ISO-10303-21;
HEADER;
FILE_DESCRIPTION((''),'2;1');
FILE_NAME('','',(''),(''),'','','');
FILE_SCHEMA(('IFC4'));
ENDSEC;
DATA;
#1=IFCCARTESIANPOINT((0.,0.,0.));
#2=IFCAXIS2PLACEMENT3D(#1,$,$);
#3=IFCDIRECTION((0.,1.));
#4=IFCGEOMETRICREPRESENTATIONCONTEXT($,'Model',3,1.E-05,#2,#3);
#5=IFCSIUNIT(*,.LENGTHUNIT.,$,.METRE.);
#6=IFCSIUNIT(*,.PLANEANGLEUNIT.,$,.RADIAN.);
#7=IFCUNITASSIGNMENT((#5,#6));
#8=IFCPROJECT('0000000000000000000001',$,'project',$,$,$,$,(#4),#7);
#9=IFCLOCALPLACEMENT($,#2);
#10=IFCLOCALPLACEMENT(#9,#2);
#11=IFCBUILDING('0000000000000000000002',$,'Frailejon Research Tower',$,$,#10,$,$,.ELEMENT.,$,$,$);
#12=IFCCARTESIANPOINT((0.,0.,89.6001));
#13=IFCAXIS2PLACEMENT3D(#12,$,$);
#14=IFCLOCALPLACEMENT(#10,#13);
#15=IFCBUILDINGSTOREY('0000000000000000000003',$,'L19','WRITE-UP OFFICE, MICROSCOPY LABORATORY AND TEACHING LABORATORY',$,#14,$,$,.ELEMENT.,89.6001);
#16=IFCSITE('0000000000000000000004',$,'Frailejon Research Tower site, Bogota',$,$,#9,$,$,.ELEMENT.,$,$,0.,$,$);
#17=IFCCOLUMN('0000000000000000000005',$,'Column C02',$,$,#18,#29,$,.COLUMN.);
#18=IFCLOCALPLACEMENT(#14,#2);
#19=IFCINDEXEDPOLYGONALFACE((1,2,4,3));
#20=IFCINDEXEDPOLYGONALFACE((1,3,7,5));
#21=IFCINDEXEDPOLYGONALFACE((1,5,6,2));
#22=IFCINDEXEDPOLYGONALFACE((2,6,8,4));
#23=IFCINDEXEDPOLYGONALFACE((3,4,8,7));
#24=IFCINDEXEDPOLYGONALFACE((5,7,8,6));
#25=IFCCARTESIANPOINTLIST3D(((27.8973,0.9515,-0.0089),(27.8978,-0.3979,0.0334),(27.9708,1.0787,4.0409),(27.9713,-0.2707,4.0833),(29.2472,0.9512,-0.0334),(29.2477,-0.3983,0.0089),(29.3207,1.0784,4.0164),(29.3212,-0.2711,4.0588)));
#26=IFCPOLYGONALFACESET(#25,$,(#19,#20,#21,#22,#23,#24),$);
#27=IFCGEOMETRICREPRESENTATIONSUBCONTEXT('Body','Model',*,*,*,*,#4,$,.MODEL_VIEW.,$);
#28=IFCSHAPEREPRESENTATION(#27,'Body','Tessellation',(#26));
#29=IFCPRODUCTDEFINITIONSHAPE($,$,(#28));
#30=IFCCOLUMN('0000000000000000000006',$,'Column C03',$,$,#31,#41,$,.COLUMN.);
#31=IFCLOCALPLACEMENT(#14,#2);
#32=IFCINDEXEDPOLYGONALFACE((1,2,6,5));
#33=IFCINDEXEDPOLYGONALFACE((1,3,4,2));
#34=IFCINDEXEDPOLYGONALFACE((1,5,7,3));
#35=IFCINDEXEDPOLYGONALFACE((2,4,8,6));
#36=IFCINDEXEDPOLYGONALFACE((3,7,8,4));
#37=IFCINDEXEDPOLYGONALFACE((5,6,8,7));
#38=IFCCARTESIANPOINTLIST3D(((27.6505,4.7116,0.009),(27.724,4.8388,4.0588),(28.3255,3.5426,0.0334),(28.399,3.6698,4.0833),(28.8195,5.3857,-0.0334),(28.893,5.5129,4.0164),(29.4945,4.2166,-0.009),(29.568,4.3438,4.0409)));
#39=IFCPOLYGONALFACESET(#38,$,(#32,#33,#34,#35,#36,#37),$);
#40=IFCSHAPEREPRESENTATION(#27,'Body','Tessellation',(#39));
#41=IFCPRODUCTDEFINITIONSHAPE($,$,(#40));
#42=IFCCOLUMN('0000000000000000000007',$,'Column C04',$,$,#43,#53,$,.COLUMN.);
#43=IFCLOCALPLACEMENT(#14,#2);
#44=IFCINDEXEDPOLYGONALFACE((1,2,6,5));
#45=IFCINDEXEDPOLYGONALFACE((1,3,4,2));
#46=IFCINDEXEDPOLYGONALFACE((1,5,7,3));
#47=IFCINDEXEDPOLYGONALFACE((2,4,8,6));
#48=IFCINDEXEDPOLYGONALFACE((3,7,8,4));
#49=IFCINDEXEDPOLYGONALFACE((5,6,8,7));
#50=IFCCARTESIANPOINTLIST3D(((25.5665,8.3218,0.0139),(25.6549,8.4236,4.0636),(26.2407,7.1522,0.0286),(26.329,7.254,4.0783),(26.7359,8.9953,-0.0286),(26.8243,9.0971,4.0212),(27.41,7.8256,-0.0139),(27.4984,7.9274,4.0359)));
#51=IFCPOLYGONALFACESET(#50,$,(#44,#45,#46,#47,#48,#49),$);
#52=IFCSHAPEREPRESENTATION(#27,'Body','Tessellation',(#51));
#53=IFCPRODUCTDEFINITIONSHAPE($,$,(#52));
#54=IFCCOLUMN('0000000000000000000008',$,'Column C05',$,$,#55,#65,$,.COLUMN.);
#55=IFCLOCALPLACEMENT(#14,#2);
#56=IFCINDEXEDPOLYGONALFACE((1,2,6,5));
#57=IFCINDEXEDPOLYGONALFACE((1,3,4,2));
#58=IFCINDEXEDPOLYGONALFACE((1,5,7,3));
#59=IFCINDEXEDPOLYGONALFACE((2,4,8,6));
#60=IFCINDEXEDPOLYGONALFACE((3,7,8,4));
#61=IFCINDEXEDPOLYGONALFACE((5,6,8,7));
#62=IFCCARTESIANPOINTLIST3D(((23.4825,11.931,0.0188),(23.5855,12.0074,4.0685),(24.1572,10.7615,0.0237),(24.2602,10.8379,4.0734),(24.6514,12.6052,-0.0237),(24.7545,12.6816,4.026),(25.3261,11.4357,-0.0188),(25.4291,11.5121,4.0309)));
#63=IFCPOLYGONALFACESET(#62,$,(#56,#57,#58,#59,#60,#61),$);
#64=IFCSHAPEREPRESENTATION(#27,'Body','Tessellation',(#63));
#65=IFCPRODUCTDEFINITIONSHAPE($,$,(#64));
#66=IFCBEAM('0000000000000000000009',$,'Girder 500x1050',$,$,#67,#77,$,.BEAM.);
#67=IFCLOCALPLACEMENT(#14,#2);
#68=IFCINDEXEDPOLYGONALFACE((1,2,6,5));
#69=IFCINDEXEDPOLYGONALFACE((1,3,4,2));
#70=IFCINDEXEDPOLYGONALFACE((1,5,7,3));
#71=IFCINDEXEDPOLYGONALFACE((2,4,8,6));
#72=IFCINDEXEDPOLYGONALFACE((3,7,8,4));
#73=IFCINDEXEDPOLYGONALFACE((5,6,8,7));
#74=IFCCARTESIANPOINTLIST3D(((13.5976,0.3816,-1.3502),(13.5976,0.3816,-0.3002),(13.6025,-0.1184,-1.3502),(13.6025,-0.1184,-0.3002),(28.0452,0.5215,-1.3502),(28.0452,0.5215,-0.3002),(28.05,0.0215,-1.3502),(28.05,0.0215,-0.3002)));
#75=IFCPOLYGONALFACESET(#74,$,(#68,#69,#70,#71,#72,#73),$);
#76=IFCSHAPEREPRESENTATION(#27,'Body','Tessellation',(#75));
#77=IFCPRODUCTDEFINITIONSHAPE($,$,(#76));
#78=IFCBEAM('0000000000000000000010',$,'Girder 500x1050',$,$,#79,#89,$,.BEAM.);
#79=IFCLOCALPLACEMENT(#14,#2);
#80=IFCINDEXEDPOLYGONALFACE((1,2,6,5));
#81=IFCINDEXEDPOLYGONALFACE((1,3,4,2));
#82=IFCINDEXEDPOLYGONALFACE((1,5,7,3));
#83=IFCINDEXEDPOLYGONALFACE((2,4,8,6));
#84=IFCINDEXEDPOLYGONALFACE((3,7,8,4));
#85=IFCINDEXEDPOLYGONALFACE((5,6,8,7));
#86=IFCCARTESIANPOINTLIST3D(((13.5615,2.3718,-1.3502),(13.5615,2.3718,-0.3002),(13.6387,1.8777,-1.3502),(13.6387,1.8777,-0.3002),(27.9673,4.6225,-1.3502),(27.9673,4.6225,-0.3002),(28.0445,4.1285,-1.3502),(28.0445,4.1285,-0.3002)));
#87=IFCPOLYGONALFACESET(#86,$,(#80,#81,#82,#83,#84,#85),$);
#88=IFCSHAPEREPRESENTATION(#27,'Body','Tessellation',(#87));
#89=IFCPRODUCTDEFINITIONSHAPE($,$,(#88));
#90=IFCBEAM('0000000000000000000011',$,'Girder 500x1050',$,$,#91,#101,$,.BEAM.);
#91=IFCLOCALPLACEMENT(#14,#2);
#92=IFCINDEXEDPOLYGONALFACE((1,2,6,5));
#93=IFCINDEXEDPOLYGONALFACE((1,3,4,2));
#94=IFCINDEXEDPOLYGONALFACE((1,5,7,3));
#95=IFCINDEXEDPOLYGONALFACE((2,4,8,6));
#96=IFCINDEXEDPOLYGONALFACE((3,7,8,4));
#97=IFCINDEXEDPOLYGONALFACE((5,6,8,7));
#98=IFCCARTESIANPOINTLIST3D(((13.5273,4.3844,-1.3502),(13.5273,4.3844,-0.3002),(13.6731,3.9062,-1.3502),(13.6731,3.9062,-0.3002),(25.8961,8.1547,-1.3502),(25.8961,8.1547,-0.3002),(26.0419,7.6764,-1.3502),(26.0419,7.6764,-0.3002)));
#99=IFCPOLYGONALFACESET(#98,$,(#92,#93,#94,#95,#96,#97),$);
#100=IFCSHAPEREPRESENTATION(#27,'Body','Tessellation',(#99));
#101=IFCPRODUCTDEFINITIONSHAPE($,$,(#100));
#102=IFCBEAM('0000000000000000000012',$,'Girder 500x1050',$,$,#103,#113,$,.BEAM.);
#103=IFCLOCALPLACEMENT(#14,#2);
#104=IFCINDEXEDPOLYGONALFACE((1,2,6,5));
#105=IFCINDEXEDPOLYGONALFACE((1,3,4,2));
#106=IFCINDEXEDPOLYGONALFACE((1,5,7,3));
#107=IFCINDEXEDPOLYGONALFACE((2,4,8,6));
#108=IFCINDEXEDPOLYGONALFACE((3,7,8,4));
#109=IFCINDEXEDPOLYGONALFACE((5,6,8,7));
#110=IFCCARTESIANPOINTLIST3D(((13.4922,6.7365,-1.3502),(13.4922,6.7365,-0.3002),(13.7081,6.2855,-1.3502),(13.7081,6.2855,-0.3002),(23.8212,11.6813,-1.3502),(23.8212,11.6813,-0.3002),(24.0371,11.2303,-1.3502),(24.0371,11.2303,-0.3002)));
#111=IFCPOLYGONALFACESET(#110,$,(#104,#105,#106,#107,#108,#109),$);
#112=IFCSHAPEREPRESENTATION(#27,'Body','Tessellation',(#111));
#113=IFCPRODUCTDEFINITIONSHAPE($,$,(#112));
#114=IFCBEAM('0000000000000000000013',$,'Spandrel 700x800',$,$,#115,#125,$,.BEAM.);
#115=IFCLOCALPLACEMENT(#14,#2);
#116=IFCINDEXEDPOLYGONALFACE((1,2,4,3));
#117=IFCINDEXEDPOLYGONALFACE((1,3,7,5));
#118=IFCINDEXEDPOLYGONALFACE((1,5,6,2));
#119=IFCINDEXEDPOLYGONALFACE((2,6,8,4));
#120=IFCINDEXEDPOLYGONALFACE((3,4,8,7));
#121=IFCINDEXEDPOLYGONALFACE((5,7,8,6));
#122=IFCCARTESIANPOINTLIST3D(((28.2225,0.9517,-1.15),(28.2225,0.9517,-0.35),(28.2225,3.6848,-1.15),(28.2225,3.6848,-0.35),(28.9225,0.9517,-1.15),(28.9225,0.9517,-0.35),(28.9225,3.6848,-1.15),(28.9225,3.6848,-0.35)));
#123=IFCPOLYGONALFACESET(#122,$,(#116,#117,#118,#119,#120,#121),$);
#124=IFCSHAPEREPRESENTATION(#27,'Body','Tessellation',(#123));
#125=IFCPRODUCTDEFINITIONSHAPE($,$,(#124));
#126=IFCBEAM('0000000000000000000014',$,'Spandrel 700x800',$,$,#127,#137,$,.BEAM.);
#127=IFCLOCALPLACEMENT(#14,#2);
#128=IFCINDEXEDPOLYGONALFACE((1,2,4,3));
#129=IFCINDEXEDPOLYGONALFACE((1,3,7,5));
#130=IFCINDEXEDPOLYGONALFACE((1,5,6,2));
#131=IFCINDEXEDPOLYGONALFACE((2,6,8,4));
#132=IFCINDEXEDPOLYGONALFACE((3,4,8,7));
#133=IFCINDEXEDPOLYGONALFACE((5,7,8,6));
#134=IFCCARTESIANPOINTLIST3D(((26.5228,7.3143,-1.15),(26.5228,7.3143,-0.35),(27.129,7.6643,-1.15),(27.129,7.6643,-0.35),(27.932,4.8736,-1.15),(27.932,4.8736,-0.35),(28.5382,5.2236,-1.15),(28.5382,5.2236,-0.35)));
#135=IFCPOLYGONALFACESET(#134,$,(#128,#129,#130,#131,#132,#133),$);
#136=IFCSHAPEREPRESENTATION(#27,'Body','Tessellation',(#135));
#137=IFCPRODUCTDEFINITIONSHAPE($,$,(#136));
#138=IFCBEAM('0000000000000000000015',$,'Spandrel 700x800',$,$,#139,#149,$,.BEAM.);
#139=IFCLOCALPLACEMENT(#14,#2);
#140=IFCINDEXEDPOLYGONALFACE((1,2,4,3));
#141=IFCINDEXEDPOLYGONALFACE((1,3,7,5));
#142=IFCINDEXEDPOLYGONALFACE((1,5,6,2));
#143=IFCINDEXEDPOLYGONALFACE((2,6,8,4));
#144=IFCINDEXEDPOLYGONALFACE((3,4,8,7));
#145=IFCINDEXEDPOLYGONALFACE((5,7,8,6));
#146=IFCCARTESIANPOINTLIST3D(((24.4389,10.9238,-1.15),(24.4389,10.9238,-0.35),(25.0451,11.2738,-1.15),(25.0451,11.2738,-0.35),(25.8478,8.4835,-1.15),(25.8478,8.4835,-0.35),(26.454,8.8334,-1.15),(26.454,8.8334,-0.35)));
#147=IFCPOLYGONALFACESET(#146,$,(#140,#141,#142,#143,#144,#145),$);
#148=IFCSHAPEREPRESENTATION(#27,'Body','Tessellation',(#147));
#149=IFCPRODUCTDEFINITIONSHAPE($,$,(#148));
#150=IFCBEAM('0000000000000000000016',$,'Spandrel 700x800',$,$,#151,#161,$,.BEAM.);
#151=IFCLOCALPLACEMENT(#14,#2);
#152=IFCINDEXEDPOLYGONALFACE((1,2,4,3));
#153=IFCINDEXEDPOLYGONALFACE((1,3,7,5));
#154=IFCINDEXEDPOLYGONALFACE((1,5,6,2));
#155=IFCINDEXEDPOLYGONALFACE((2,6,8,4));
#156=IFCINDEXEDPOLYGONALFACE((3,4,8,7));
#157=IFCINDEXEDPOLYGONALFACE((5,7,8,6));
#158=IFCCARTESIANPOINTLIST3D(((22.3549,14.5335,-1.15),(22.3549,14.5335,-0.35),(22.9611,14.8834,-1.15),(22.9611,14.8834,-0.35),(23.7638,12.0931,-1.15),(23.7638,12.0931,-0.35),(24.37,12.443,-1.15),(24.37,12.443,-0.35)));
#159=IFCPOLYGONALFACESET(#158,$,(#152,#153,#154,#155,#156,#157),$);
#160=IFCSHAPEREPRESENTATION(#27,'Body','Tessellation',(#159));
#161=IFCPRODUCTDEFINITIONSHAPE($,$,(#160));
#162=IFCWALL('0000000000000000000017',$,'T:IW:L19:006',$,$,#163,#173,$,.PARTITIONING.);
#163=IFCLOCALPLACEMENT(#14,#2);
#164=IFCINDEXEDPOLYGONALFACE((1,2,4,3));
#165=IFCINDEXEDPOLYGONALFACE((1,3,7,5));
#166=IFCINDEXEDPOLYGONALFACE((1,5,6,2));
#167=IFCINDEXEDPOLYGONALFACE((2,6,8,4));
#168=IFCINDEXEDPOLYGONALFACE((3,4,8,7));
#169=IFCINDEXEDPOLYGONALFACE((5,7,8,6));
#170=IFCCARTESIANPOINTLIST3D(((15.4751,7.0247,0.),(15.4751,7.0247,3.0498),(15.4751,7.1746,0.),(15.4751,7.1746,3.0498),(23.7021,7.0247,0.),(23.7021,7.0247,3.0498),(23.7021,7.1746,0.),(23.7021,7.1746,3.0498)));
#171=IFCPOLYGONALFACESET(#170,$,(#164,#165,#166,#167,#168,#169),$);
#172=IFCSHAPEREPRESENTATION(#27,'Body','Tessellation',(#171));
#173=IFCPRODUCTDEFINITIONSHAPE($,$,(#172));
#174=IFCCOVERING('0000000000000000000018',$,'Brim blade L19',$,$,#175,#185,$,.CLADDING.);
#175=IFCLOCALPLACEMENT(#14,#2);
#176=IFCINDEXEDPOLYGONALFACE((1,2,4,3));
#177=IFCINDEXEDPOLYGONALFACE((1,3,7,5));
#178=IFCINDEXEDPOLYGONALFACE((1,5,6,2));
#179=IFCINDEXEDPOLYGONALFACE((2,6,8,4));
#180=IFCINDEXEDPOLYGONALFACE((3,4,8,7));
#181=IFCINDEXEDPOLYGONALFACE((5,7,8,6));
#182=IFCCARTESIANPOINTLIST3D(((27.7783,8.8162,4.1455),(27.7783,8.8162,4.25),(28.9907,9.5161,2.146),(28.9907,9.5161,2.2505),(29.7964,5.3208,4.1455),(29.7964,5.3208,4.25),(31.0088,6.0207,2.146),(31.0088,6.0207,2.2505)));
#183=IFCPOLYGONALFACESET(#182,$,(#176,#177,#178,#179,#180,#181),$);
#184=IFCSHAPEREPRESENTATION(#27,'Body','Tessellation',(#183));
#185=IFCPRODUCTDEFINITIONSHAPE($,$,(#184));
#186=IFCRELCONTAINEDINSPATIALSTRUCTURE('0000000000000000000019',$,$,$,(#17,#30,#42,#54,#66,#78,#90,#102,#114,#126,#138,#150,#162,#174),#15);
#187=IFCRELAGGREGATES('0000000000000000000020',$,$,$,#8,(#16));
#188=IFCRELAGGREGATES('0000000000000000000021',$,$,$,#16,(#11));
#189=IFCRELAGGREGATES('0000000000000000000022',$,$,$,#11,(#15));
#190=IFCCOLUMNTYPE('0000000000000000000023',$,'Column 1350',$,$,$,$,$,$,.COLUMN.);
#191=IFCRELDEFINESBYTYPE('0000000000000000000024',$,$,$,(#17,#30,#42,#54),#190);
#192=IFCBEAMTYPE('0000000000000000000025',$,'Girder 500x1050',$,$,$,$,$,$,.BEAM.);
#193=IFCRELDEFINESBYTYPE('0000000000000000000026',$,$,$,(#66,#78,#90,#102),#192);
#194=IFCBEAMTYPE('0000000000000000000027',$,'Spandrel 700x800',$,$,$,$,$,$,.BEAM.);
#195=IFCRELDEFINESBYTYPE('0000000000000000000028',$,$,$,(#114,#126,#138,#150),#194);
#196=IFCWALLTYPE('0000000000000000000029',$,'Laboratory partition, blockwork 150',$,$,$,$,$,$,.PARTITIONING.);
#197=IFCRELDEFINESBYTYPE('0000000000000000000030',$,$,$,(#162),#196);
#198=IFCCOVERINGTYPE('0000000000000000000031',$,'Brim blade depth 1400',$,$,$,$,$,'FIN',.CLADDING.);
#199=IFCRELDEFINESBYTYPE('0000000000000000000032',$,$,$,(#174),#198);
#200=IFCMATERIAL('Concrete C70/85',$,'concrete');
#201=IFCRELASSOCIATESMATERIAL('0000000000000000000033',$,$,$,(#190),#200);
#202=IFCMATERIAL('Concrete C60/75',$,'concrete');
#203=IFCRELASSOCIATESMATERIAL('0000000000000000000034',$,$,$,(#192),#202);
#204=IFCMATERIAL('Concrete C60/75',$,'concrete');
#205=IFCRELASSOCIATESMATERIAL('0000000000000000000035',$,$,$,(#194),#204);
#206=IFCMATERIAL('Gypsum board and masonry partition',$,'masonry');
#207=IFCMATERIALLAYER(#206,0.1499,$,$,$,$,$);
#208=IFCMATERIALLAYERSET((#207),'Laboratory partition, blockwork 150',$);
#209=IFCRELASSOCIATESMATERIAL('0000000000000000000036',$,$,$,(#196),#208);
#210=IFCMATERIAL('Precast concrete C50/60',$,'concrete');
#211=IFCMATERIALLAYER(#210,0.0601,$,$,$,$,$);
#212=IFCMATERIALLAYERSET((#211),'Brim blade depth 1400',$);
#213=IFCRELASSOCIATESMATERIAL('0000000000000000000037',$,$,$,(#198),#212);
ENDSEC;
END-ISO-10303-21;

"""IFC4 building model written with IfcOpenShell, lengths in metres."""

from ifc_helpers import new_model, si_unit, direction, frame, frame_2d, origin, origin_2d, place, context, subcontext, project, spatial, polyline, rectangle, outline, extrude, material, layer, layer_set, material_profile, profile_set, type_object, element, save


model = new_model("IFC4")

# Units and contexts
model_context = context("Model", 3, precision=1e-05, world=origin(), true_north=direction((0.0, 1.0)))
body_context = subcontext(model_context, "Body", "Model", "MODEL_VIEW")
ifc_project = project(units=[si_unit("LENGTHUNIT", "METRE"), si_unit("PLANEANGLEUNIT", "RADIAN")], contexts=[model_context])

# Site, building, storey
site_placement = place(None, origin())
site = spatial("IfcSite", under=ifc_project, at=site_placement, Name="Frailejon Research Tower site, Bogota", CompositionType="ELEMENT", RefElevation=0.0)
building_placement = place(site_placement, origin())
building = spatial("IfcBuilding", under=site, at=building_placement, Name="Frailejon Research Tower", CompositionType="ELEMENT")
storey_placement = place(building_placement, frame((0.0, 0.0, 89.6001)))
storey = spatial("IfcBuildingStorey", under=building, at=storey_placement, Name="L19", Description="WRITE-UP OFFICE, MICROSCOPY LABORATORY AND TEACHING LABORATORY", CompositionType="ELEMENT", Elevation=89.6001)

# Columns
ifc_material_1 = material(Name="Concrete C70/85", Category="concrete")
ifc_material_profile_1 = material_profile(ifc_material_1, rectangle(XDim=1.3501, YDim=1.3501, at=origin_2d()), Name="Column 1350")
ifc_profile_set_1 = profile_set([ifc_material_profile_1], Name="Concrete C70/85")
column_type = type_object("IfcColumnType", Name="Column 1350", PredefinedType="COLUMN", material=ifc_profile_set_1)
for number, where, z_axis, x_axis, name in (
    (1, (28.5725, 0.2766, 0.0), (0.018134, 0.031388, 0.999343), (-0.000336, 0.999507, -0.031387), "Column C02"),
    (2, (28.5725, 4.4641, 0.0), (0.018134, 0.031388, 0.999343), (-0.499939, 0.865871, -0.018124), "Column C03"),
):
    element("IfcColumn", number, at=place(storey_placement, frame(where, z_axis=z_axis, x_axis=x_axis)), inside=storey, type_object=column_type, Name=name, PredefinedType="COLUMN", context=body_context, shape_type="SweptSolid", body=[
        extrude(rectangle(XDim=1.3501, YDim=1.3501, at=origin_2d()), origin(), (0.0, 0.0, 1.0), 4.0525),
    ])
column_1_placement = place(storey_placement, frame((26.4883, 8.0737, 0.0), z_axis=(0.021811, 0.025125, 0.999446), x_axis=(-0.499317, 0.866351, -0.010882)))
element("IfcColumn", 3, at=column_1_placement, inside=storey, type_object=column_type, Name="Column C04", PredefinedType="COLUMN", context=body_context, shape_type="SweptSolid", body=[
    extrude(rectangle(XDim=1.3501, YDim=1.3501, at=origin_2d()), origin(), (0.0, 0.0, 1.0), 4.052),
])
column_2_placement = place(storey_placement, frame((24.4043, 11.6833, 0.0), z_axis=(0.025427, 0.01886, 0.999499), x_axis=(-0.49971, 0.866185, -0.003631)))
element("IfcColumn", 4, at=column_2_placement, inside=storey, type_object=column_type, Name="Column C05", PredefinedType="COLUMN", context=body_context, shape_type="SweptSolid", body=[
    extrude(rectangle(XDim=1.3501, YDim=1.3501, at=origin_2d()), origin(), (0.0, 0.0, 1.0), 4.0518),
])

# Beams
ifc_material_2 = material(Name="Concrete C60/75", Category="concrete")
ifc_material_profile_2 = material_profile(ifc_material_2, rectangle(XDim=0.5, YDim=1.05, at=origin_2d()), Name="Girder 500x1050")
ifc_profile_set_2 = profile_set([ifc_material_profile_2], Name="Concrete C60/75")
beam_type_1 = type_object("IfcBeamType", Name="Girder 500x1050", PredefinedType="BEAM", material=ifc_profile_set_2)
beam_1_placement = place(storey_placement, frame((28.0476, 0.2715, -0.8252), z_axis=(-0.999953, -0.009682, 0.0), x_axis=(0.009682, -0.999953, 0.0)))
element("IfcBeam", 5, at=beam_1_placement, inside=storey, type_object=beam_type_1, Name="Girder 500x1050", PredefinedType="BEAM", context=body_context, shape_type="SweptSolid", body=[
    extrude(rectangle(XDim=0.5, YDim=1.05, at=origin_2d()), origin(), (0.0, 0.0, 1.0), 14.4482),
])
beam_2_placement = place(storey_placement, frame((28.0059, 4.3755, -0.8252), z_axis=(-0.988014, -0.154366, 0.0), x_axis=(0.154366, -0.988014, 0.0)))
element("IfcBeam", 6, at=beam_2_placement, inside=storey, type_object=beam_type_1, Name="Girder 500x1050", PredefinedType="BEAM", context=body_context, shape_type="SweptSolid", body=[
    extrude(rectangle(XDim=0.5, YDim=1.05, at=origin_2d()), origin(), (0.0, 0.0, 1.0), 14.5806),
])
beam_3_placement = place(storey_placement, frame((25.969, 7.9155, -0.8252), z_axis=(-0.956548, -0.291573, 0.0), x_axis=(0.291573, -0.956548, 0.0)))
element("IfcBeam", 7, at=beam_3_placement, inside=storey, type_object=beam_type_1, Name="Girder 500x1050", PredefinedType="BEAM", context=body_context, shape_type="SweptSolid", body=[
    extrude(rectangle(XDim=0.5, YDim=1.05, at=origin_2d()), origin(), (0.0, 0.0, 1.0), 12.9307),
])
beam_4_placement = place(storey_placement, frame((23.9292, 11.4558, -0.8252), z_axis=(-0.90197, -0.431798, 0.0), x_axis=(0.431798, -0.90197, 0.0)))
element("IfcBeam", 8, at=beam_4_placement, inside=storey, type_object=beam_type_1, Name="Girder 500x1050", PredefinedType="BEAM", context=body_context, shape_type="SweptSolid", body=[
    extrude(rectangle(XDim=0.5, YDim=1.05, at=origin_2d()), origin(), (0.0, 0.0, 1.0), 11.4517),
])
ifc_material_3 = material(Name="Concrete C60/75", Category="concrete")
ifc_material_profile_3 = material_profile(ifc_material_3, rectangle(XDim=0.7, YDim=0.8, at=origin_2d()), Name="Spandrel 700x800")
ifc_profile_set_3 = profile_set([ifc_material_profile_3], Name="Concrete C60/75")
beam_type_2 = type_object("IfcBeamType", Name="Spandrel 700x800", PredefinedType="BEAM", material=ifc_profile_set_3)
beam_5_placement = place(storey_placement, frame((28.5725, 0.9517, -0.75), z_axis=(0.0, 1.0, 0.0), x_axis=(-1.0, 0.0, 0.0)))
element("IfcBeam", 9, at=beam_5_placement, inside=storey, type_object=beam_type_2, Name="Spandrel 700x800", PredefinedType="BEAM", context=body_context, shape_type="SweptSolid", body=[
    extrude(rectangle(XDim=0.7, YDim=0.8, at=origin_2d()), origin(), (0.0, 0.0, 1.0), 2.7332),
])
beam_6_placement = place(storey_placement, frame((28.2351, 5.0486, -0.75), z_axis=(-0.500015, 0.866017, 0.0), x_axis=(-0.866017, -0.500015, 0.0)))
element("IfcBeam", 10, at=beam_6_placement, inside=storey, type_object=beam_type_2, Name="Spandrel 700x800", PredefinedType="BEAM", context=body_context, shape_type="SweptSolid", body=[
    extrude(rectangle(XDim=0.7, YDim=0.8, at=origin_2d()), origin(), (0.0, 0.0, 1.0), 2.8184),
])
for number, where, z_axis, x_axis, name in (
    (11, (26.1509, 8.6584, -0.75), (-0.499987, 0.866033, 0.0), (-0.866033, -0.499987, 0.0), "Spandrel 700x800"),
    (12, (24.0669, 12.2681, -0.75), (-0.499987, 0.866033, 0.0), (-0.866033, -0.499987, 0.0), "Spandrel 700x800"),
):
    element("IfcBeam", number, at=place(storey_placement, frame(where, z_axis=z_axis, x_axis=x_axis)), inside=storey, type_object=beam_type_2, Name=name, PredefinedType="BEAM", context=body_context, shape_type="SweptSolid", body=[
        extrude(rectangle(XDim=0.7, YDim=0.8, at=origin_2d()), origin(), (0.0, 0.0, 1.0), 2.8179),
    ])

# Wall
ifc_material_4 = material(Name="Gypsum board and masonry partition", Category="masonry")
ifc_layer_1 = layer(ifc_material_4, 0.1499)
ifc_layer_set_1 = layer_set([ifc_layer_1], Name="Laboratory partition, blockwork 150")
wall_type_1 = type_object("IfcWallType", Name="Laboratory partition, blockwork 150", PredefinedType="PARTITIONING", material=ifc_layer_set_1)
wall_1_placement = place(storey_placement, frame((15.4751, 7.0996, 0.0), z_axis=(0.0, 0.0, 1.0), x_axis=(1.0, 0.0, 0.0)))
element("IfcWall", 13, at=wall_1_placement, inside=storey, type_object=wall_type_1, Name="T:IW:L19:006", PredefinedType="PARTITIONING", context=body_context, shape_type="SweptSolid", body=[
    extrude(rectangle(XDim=8.2271, YDim=0.1499, at=frame_2d((4.1135, 0.0))), origin(), (0.0, 0.0, 1.0), 3.0498),
])

# Covering
ifc_material_5 = material(Name="Precast concrete C50/60", Category="concrete")
ifc_layer_2 = layer(ifc_material_5, 0.0601)
ifc_layer_set_2 = layer_set([ifc_layer_2], Name="Brim blade depth 1400")
covering_type_1 = type_object("IfcCoveringType", Name="Brim blade depth 1400", ElementType="FIN", PredefinedType="CLADDING", material=ifc_layer_set_2)
covering_1_placement = place(storey_placement, frame((27.7783, 8.8162, 4.25), z_axis=(0.500006, -0.866022, 0.0), x_axis=(0.866022, 0.500006, 0.0)))
element("IfcCovering", 14, at=covering_1_placement, inside=storey, type_object=covering_type_1, Name="Brim blade L19", PredefinedType="CLADDING", context=body_context, shape_type="SweptSolid", body=[
    extrude(outline(polyline([(0.0, -0.1045), (1.3999, -2.104), (1.3999, -1.9995), (0.0, 0.0), (0.0, -0.1045)])), origin(), (0.0, 0.0, 1.0), 4.0361),
])

save(model, "model.ifc")
